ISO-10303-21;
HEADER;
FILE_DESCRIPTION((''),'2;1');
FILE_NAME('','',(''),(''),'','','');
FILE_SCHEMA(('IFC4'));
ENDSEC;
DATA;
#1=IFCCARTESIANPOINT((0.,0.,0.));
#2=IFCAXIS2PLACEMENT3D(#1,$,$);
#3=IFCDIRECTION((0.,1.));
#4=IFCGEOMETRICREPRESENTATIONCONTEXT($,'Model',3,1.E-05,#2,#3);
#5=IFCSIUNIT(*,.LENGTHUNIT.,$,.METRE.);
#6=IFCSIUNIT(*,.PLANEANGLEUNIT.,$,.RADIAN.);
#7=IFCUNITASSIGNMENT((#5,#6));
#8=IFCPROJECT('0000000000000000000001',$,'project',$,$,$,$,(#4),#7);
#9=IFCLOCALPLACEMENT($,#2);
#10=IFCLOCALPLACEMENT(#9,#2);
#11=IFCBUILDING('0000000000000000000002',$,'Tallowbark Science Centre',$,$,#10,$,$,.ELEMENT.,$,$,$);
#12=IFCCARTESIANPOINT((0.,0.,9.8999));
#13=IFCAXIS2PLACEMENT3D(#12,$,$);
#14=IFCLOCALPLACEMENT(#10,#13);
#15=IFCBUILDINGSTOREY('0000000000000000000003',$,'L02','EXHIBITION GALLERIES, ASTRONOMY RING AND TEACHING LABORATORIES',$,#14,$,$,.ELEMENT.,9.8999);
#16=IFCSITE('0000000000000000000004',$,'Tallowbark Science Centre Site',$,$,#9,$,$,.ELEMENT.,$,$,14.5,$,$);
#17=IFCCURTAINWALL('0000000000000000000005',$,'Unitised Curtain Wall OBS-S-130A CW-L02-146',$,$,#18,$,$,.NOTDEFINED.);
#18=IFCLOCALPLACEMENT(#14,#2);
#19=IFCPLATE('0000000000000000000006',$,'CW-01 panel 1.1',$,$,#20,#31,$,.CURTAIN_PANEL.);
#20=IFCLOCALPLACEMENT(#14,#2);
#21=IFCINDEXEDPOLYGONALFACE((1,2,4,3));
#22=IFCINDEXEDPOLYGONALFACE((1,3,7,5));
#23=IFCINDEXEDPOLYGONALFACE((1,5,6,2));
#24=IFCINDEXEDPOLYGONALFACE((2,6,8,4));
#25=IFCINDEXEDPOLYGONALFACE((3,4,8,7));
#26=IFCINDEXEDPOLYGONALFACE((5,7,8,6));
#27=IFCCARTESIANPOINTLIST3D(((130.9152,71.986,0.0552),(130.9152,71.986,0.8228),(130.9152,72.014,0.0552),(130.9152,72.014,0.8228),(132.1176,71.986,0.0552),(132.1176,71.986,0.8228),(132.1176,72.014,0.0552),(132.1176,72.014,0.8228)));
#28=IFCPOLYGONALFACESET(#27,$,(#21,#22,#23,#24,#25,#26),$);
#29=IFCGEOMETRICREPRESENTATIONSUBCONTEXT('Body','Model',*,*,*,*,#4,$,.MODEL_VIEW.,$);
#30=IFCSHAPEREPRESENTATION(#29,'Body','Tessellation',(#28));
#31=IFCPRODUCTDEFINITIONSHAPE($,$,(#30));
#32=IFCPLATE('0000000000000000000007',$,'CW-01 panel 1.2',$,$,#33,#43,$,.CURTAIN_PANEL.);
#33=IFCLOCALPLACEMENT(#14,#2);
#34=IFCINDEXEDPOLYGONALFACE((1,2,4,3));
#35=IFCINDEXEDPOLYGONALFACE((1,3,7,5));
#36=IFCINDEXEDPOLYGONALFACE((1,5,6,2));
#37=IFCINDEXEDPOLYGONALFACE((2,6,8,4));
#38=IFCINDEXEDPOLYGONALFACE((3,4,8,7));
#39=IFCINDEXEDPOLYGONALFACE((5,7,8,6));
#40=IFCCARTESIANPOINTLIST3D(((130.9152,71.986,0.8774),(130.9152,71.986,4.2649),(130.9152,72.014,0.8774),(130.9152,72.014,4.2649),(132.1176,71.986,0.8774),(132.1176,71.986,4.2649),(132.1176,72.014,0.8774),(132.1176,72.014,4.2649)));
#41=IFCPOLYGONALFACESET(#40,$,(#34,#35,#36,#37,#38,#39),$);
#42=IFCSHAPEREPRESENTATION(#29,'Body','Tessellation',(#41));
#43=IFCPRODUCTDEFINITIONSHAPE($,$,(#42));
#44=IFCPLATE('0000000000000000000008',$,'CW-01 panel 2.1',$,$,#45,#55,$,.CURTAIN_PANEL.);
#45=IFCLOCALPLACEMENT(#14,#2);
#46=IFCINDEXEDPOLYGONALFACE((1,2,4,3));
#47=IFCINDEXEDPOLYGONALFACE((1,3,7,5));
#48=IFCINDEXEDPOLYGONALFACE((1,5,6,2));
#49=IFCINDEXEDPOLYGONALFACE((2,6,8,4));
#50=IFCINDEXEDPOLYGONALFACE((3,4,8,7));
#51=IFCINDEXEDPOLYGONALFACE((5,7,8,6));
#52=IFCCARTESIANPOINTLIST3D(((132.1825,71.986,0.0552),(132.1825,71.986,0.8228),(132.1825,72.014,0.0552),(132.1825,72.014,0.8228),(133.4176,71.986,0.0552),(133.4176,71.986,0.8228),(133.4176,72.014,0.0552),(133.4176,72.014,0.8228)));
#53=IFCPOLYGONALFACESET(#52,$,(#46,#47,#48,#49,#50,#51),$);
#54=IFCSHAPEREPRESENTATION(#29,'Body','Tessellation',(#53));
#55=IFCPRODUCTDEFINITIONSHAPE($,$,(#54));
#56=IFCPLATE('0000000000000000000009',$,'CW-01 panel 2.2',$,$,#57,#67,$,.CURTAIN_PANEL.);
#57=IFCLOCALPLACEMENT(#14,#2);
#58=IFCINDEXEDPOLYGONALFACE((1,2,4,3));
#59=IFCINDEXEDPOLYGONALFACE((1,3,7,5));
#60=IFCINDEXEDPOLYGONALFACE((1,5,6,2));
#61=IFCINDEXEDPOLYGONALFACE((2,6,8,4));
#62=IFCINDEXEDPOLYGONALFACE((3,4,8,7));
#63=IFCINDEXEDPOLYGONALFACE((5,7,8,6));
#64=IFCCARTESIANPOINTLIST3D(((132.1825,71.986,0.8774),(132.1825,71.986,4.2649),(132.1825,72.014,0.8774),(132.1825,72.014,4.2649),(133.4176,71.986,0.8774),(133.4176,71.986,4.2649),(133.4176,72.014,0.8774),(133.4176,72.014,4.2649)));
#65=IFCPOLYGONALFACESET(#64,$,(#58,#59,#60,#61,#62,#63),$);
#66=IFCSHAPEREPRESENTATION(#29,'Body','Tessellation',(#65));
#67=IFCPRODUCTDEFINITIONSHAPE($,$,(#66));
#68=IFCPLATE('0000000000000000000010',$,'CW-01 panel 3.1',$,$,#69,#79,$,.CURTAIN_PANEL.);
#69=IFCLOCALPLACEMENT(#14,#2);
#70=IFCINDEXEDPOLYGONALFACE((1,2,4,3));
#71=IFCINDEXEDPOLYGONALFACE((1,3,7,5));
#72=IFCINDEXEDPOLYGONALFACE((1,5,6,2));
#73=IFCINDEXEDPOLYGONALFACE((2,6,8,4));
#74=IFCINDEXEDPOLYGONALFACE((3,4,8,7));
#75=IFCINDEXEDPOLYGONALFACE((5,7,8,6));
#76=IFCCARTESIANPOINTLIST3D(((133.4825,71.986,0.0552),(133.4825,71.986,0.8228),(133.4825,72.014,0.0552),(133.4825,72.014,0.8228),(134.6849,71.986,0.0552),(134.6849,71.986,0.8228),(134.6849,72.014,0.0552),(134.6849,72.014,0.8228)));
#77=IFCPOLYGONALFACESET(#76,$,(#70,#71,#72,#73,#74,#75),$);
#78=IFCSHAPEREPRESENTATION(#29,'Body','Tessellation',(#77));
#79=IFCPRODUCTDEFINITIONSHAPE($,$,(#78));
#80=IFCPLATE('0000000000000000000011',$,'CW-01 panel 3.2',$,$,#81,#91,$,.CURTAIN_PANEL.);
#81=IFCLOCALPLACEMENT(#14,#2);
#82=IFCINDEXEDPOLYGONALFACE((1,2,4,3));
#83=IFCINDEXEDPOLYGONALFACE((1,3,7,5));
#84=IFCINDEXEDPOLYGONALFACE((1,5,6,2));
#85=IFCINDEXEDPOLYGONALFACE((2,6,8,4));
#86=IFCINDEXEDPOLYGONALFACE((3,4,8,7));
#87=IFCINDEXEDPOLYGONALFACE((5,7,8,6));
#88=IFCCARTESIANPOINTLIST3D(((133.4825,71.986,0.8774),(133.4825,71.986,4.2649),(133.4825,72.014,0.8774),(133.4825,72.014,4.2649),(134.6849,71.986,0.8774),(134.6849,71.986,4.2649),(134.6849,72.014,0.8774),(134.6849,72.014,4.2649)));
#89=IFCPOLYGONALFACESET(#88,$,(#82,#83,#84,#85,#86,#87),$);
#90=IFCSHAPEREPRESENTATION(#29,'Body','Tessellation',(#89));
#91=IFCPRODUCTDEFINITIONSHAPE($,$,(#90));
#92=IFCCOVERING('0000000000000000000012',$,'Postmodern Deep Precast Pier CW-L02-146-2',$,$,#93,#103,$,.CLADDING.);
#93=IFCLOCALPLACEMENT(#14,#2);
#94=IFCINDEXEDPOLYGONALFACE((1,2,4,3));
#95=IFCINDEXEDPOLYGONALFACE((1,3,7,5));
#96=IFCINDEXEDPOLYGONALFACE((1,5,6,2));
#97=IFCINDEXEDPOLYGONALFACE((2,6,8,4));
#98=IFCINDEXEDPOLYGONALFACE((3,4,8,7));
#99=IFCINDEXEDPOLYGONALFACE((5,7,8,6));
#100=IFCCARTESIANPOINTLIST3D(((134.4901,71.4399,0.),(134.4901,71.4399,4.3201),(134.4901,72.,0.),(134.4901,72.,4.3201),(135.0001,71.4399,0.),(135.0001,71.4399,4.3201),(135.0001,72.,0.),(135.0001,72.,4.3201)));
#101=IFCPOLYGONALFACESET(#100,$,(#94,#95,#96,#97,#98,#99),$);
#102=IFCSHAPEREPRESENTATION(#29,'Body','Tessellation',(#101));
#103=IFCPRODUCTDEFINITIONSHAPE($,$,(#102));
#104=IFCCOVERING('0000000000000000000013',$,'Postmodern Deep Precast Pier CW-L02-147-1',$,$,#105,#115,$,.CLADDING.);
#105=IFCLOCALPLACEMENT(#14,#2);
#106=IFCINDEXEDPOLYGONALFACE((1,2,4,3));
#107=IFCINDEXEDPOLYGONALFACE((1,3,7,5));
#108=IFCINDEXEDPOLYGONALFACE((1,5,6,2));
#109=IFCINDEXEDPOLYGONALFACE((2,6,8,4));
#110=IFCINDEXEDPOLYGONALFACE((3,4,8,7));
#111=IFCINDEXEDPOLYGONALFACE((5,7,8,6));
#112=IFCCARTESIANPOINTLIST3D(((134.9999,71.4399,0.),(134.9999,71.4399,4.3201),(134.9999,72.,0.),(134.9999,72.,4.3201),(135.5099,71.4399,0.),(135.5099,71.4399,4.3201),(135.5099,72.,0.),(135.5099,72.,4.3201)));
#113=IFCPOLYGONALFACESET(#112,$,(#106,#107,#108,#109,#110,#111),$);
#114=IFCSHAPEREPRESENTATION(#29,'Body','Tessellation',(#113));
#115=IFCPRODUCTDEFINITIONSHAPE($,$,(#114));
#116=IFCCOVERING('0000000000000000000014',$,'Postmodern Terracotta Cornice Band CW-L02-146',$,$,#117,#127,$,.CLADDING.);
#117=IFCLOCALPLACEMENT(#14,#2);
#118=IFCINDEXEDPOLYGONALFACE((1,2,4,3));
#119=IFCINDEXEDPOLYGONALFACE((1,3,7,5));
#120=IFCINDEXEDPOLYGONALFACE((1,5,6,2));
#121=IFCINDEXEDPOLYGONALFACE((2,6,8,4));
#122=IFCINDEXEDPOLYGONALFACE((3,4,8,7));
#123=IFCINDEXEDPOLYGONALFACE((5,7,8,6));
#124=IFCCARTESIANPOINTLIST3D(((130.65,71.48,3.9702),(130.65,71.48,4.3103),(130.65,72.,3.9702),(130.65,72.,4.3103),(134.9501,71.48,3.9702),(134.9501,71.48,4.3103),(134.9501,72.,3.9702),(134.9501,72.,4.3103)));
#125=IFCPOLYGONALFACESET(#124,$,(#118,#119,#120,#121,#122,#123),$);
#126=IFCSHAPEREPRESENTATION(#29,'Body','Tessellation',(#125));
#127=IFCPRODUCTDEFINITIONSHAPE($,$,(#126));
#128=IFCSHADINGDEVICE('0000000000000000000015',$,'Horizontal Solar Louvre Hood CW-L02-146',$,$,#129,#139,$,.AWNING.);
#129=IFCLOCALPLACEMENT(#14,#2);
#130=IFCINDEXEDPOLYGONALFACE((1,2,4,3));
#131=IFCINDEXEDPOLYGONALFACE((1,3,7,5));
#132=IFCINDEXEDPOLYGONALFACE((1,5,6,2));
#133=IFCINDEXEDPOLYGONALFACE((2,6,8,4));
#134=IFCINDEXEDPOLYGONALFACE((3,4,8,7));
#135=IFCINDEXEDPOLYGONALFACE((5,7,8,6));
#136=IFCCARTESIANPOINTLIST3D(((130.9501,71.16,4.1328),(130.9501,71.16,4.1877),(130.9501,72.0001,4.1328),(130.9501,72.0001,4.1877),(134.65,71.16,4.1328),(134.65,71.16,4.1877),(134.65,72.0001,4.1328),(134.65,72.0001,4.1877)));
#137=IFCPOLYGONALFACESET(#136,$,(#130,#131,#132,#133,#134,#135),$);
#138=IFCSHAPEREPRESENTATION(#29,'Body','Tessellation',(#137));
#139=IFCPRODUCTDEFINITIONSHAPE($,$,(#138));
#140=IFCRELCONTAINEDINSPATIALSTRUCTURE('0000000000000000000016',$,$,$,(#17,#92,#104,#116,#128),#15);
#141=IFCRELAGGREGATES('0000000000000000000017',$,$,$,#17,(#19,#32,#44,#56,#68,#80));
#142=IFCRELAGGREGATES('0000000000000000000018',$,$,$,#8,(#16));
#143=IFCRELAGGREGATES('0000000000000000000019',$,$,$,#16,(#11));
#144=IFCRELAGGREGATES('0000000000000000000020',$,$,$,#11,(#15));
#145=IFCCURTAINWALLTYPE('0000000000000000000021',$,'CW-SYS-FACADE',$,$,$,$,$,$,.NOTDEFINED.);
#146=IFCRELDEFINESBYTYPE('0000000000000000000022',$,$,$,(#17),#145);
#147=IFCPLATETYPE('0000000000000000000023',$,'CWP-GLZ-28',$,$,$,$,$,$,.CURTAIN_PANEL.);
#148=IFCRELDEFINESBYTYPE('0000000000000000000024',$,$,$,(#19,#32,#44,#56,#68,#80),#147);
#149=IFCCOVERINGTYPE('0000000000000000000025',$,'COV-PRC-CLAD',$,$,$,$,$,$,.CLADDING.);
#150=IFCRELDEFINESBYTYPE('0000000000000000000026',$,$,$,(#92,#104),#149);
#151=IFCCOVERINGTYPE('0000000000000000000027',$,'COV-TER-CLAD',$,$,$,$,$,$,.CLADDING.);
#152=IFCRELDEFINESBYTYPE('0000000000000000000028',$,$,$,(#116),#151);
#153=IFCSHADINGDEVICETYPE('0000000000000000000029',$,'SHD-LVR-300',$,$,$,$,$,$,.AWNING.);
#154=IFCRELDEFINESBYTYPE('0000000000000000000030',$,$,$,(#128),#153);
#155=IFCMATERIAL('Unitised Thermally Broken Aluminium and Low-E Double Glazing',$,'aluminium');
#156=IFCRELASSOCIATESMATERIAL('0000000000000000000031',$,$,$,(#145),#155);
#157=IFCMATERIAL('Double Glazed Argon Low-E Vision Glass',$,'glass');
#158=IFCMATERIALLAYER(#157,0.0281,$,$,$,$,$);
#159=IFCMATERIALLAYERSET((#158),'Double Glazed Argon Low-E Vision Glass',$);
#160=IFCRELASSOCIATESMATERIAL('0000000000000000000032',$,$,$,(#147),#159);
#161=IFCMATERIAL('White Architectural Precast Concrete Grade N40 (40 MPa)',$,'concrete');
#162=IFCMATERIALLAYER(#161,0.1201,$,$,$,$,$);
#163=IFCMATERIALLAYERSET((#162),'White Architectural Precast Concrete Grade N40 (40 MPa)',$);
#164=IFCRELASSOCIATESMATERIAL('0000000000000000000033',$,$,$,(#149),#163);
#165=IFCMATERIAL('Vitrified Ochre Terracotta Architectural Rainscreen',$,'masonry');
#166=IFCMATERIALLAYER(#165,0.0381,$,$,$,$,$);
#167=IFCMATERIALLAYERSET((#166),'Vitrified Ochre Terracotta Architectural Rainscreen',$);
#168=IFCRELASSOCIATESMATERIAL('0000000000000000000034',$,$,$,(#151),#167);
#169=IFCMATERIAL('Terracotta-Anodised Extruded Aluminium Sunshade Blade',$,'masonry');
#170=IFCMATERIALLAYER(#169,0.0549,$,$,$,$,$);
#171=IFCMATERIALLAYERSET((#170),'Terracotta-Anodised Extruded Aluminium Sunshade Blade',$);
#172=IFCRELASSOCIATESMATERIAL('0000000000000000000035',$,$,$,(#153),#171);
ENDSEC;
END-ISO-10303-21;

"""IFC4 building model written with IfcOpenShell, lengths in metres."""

from ifc_helpers import new_model, si_unit, direction, frame, origin, origin_2d, place, context, subcontext, project, spatial, rectangle, extrude, material, layer, layer_set, type_object, element, aggregate, save


model = new_model("IFC4")

# Units and contexts
model_context = context("Model", 3, precision=1e-05, world=origin(), true_north=direction((0.0, 1.0)))
body_context = subcontext(model_context, "Body", "Model", "MODEL_VIEW")
ifc_project = project(units=[si_unit("LENGTHUNIT", "METRE"), si_unit("PLANEANGLEUNIT", "RADIAN")], contexts=[model_context])

# Site, building, storey
site_placement = place(None, origin())
site = spatial("IfcSite", under=ifc_project, at=site_placement, Name="Tallowbark Science Centre Site", CompositionType="ELEMENT", RefElevation=14.5)
building_placement = place(site_placement, origin())
building = spatial("IfcBuilding", under=site, at=building_placement, Name="Tallowbark Science Centre", CompositionType="ELEMENT")
storey_placement = place(building_placement, frame((0.0, 0.0, 9.8999)))
storey = spatial("IfcBuildingStorey", under=building, at=storey_placement, Name="L02", Description="EXHIBITION GALLERIES, ASTRONOMY RING AND TEACHING LABORATORIES", CompositionType="ELEMENT", Elevation=9.8999)

# Curtain wall
ifc_material_1 = material(Name="Unitised Thermally Broken Aluminium and Low-E Double Glazing", Category="aluminium")
curtain_wall_type = type_object("IfcCurtainWallType", Name="CW-SYS-FACADE", PredefinedType="NOTDEFINED", material=ifc_material_1)
curtain_wall_1_placement = place(storey_placement, origin())
curtain_wall_1 = element("IfcCurtainWall", 1, at=curtain_wall_1_placement, inside=storey, type_object=curtain_wall_type, Name="Unitised Curtain Wall OBS-S-130A CW-L02-146", PredefinedType="NOTDEFINED")

# Plates
ifc_material_2 = material(Name="Double Glazed Argon Low-E Vision Glass", Category="glass")
ifc_layer_1 = layer(ifc_material_2, 0.0281)
ifc_layer_set_1 = layer_set([ifc_layer_1], Name="Double Glazed Argon Low-E Vision Glass")
plate_type = type_object("IfcPlateType", Name="CWP-GLZ-28", PredefinedType="CURTAIN_PANEL", material=ifc_layer_set_1)
plate_1_placement = place(storey_placement, frame((131.5164, 72.0, 0.0552), z_axis=(0.0, 0.0, 1.0), x_axis=(1.0, 0.0, 0.0)))
plate_1 = element("IfcPlate", 2, at=plate_1_placement, type_object=plate_type, Name="CW-01 panel 1.1", PredefinedType="CURTAIN_PANEL", context=body_context, shape_type="SweptSolid", body=[
    extrude(rectangle(XDim=1.2024, YDim=0.0281, at=origin_2d()), origin(), (0.0, 0.0, 1.0), 0.7676),
])
plate_2_placement = place(storey_placement, frame((131.5164, 72.0, 0.8774), z_axis=(0.0, 0.0, 1.0), x_axis=(1.0, 0.0, 0.0)))
plate_2 = element("IfcPlate", 3, at=plate_2_placement, type_object=plate_type, Name="CW-01 panel 1.2", PredefinedType="CURTAIN_PANEL", context=body_context, shape_type="SweptSolid", body=[
    extrude(rectangle(XDim=1.2024, YDim=0.0281, at=origin_2d()), origin(), (0.0, 0.0, 1.0), 3.3875),
])
plate_3_placement = place(storey_placement, frame((132.8, 72.0, 0.0552), z_axis=(0.0, 0.0, 1.0), x_axis=(1.0, 0.0, 0.0)))
plate_3 = element("IfcPlate", 4, at=plate_3_placement, type_object=plate_type, Name="CW-01 panel 2.1", PredefinedType="CURTAIN_PANEL", context=body_context, shape_type="SweptSolid", body=[
    extrude(rectangle(XDim=1.2351, YDim=0.0281, at=origin_2d()), origin(), (0.0, 0.0, 1.0), 0.7676),
])
plate_4_placement = place(storey_placement, frame((132.8, 72.0, 0.8774), z_axis=(0.0, 0.0, 1.0), x_axis=(1.0, 0.0, 0.0)))
plate_4 = element("IfcPlate", 5, at=plate_4_placement, type_object=plate_type, Name="CW-01 panel 2.2", PredefinedType="CURTAIN_PANEL", context=body_context, shape_type="SweptSolid", body=[
    extrude(rectangle(XDim=1.2351, YDim=0.0281, at=origin_2d()), origin(), (0.0, 0.0, 1.0), 3.3875),
])
plate_5_placement = place(storey_placement, frame((134.0837, 72.0, 0.0552), z_axis=(0.0, 0.0, 1.0), x_axis=(1.0, 0.0, 0.0)))
plate_5 = element("IfcPlate", 6, at=plate_5_placement, type_object=plate_type, Name="CW-01 panel 3.1", PredefinedType="CURTAIN_PANEL", context=body_context, shape_type="SweptSolid", body=[
    extrude(rectangle(XDim=1.2024, YDim=0.0281, at=origin_2d()), origin(), (0.0, 0.0, 1.0), 0.7676),
])
plate_6_placement = place(storey_placement, frame((134.0837, 72.0, 0.8774), z_axis=(0.0, 0.0, 1.0), x_axis=(1.0, 0.0, 0.0)))
plate_6 = element("IfcPlate", 7, at=plate_6_placement, type_object=plate_type, Name="CW-01 panel 3.2", PredefinedType="CURTAIN_PANEL", context=body_context, shape_type="SweptSolid", body=[
    extrude(rectangle(XDim=1.2024, YDim=0.0281, at=origin_2d()), origin(), (0.0, 0.0, 1.0), 3.3875),
])
aggregate(curtain_wall_1, [plate_1, plate_2, plate_3, plate_4, plate_5, plate_6])

# Coverings
ifc_material_3 = material(Name="White Architectural Precast Concrete Grade N40 (40 MPa)", Category="concrete")
ifc_layer_2 = layer(ifc_material_3, 0.1201)
ifc_layer_set_2 = layer_set([ifc_layer_2], Name="White Architectural Precast Concrete Grade N40 (40 MPa)")
covering_type_1 = type_object("IfcCoveringType", Name="COV-PRC-CLAD", PredefinedType="CLADDING", material=ifc_layer_set_2)
for number, where, z_axis, x_axis, name in (
    (8, (134.7451, 71.72, 0.0), (0.0, 0.0, 1.0), (1.0, 0.0, 0.0), "Postmodern Deep Precast Pier CW-L02-146-2"),
    (9, (135.2549, 71.72, 0.0), (0.0, 0.0, 1.0), (1.0, 0.0, 0.0), "Postmodern Deep Precast Pier CW-L02-147-1"),
):
    element("IfcCovering", number, at=place(storey_placement, frame(where, z_axis=z_axis, x_axis=x_axis)), inside=storey, type_object=covering_type_1, Name=name, PredefinedType="CLADDING", context=body_context, shape_type="SweptSolid", body=[
        extrude(rectangle(XDim=0.51, YDim=0.5601, at=origin_2d()), origin(), (0.0, 0.0, 1.0), 4.3201),
    ])
ifc_material_4 = material(Name="Vitrified Ochre Terracotta Architectural Rainscreen", Category="masonry")
ifc_layer_3 = layer(ifc_material_4, 0.0381)
ifc_layer_set_3 = layer_set([ifc_layer_3], Name="Vitrified Ochre Terracotta Architectural Rainscreen")
covering_type_2 = type_object("IfcCoveringType", Name="COV-TER-CLAD", PredefinedType="CLADDING", material=ifc_layer_set_3)
covering_placement = place(storey_placement, frame((132.8, 71.74, 3.9702), z_axis=(0.0, 0.0, 1.0), x_axis=(1.0, 0.0, 0.0)))
element("IfcCovering", 10, at=covering_placement, inside=storey, type_object=covering_type_2, Name="Postmodern Terracotta Cornice Band CW-L02-146", PredefinedType="CLADDING", context=body_context, shape_type="SweptSolid", body=[
    extrude(rectangle(XDim=4.3, YDim=0.52, at=origin_2d()), origin(), (0.0, 0.0, 1.0), 0.3401),
])

# Shading device
ifc_material_5 = material(Name="Terracotta-Anodised Extruded Aluminium Sunshade Blade", Category="masonry")
ifc_layer_4 = layer(ifc_material_5, 0.0549)
ifc_layer_set_4 = layer_set([ifc_layer_4], Name="Terracotta-Anodised Extruded Aluminium Sunshade Blade")
shading_device_type = type_object("IfcShadingDeviceType", Name="SHD-LVR-300", PredefinedType="AWNING", material=ifc_layer_set_4)
shading_device_placement = place(storey_placement, frame((132.8, 71.5801, 4.1328), z_axis=(0.0, 0.0, 1.0), x_axis=(1.0, 0.0, 0.0)))
element("IfcShadingDevice", 11, at=shading_device_placement, inside=storey, type_object=shading_device_type, Name="Horizontal Solar Louvre Hood CW-L02-146", PredefinedType="AWNING", context=body_context, shape_type="SweptSolid", body=[
    extrude(rectangle(XDim=3.7, YDim=0.8401, at=origin_2d()), origin(), (0.0, 0.0, 1.0), 0.0549),
])

save(model, "model.ifc")
